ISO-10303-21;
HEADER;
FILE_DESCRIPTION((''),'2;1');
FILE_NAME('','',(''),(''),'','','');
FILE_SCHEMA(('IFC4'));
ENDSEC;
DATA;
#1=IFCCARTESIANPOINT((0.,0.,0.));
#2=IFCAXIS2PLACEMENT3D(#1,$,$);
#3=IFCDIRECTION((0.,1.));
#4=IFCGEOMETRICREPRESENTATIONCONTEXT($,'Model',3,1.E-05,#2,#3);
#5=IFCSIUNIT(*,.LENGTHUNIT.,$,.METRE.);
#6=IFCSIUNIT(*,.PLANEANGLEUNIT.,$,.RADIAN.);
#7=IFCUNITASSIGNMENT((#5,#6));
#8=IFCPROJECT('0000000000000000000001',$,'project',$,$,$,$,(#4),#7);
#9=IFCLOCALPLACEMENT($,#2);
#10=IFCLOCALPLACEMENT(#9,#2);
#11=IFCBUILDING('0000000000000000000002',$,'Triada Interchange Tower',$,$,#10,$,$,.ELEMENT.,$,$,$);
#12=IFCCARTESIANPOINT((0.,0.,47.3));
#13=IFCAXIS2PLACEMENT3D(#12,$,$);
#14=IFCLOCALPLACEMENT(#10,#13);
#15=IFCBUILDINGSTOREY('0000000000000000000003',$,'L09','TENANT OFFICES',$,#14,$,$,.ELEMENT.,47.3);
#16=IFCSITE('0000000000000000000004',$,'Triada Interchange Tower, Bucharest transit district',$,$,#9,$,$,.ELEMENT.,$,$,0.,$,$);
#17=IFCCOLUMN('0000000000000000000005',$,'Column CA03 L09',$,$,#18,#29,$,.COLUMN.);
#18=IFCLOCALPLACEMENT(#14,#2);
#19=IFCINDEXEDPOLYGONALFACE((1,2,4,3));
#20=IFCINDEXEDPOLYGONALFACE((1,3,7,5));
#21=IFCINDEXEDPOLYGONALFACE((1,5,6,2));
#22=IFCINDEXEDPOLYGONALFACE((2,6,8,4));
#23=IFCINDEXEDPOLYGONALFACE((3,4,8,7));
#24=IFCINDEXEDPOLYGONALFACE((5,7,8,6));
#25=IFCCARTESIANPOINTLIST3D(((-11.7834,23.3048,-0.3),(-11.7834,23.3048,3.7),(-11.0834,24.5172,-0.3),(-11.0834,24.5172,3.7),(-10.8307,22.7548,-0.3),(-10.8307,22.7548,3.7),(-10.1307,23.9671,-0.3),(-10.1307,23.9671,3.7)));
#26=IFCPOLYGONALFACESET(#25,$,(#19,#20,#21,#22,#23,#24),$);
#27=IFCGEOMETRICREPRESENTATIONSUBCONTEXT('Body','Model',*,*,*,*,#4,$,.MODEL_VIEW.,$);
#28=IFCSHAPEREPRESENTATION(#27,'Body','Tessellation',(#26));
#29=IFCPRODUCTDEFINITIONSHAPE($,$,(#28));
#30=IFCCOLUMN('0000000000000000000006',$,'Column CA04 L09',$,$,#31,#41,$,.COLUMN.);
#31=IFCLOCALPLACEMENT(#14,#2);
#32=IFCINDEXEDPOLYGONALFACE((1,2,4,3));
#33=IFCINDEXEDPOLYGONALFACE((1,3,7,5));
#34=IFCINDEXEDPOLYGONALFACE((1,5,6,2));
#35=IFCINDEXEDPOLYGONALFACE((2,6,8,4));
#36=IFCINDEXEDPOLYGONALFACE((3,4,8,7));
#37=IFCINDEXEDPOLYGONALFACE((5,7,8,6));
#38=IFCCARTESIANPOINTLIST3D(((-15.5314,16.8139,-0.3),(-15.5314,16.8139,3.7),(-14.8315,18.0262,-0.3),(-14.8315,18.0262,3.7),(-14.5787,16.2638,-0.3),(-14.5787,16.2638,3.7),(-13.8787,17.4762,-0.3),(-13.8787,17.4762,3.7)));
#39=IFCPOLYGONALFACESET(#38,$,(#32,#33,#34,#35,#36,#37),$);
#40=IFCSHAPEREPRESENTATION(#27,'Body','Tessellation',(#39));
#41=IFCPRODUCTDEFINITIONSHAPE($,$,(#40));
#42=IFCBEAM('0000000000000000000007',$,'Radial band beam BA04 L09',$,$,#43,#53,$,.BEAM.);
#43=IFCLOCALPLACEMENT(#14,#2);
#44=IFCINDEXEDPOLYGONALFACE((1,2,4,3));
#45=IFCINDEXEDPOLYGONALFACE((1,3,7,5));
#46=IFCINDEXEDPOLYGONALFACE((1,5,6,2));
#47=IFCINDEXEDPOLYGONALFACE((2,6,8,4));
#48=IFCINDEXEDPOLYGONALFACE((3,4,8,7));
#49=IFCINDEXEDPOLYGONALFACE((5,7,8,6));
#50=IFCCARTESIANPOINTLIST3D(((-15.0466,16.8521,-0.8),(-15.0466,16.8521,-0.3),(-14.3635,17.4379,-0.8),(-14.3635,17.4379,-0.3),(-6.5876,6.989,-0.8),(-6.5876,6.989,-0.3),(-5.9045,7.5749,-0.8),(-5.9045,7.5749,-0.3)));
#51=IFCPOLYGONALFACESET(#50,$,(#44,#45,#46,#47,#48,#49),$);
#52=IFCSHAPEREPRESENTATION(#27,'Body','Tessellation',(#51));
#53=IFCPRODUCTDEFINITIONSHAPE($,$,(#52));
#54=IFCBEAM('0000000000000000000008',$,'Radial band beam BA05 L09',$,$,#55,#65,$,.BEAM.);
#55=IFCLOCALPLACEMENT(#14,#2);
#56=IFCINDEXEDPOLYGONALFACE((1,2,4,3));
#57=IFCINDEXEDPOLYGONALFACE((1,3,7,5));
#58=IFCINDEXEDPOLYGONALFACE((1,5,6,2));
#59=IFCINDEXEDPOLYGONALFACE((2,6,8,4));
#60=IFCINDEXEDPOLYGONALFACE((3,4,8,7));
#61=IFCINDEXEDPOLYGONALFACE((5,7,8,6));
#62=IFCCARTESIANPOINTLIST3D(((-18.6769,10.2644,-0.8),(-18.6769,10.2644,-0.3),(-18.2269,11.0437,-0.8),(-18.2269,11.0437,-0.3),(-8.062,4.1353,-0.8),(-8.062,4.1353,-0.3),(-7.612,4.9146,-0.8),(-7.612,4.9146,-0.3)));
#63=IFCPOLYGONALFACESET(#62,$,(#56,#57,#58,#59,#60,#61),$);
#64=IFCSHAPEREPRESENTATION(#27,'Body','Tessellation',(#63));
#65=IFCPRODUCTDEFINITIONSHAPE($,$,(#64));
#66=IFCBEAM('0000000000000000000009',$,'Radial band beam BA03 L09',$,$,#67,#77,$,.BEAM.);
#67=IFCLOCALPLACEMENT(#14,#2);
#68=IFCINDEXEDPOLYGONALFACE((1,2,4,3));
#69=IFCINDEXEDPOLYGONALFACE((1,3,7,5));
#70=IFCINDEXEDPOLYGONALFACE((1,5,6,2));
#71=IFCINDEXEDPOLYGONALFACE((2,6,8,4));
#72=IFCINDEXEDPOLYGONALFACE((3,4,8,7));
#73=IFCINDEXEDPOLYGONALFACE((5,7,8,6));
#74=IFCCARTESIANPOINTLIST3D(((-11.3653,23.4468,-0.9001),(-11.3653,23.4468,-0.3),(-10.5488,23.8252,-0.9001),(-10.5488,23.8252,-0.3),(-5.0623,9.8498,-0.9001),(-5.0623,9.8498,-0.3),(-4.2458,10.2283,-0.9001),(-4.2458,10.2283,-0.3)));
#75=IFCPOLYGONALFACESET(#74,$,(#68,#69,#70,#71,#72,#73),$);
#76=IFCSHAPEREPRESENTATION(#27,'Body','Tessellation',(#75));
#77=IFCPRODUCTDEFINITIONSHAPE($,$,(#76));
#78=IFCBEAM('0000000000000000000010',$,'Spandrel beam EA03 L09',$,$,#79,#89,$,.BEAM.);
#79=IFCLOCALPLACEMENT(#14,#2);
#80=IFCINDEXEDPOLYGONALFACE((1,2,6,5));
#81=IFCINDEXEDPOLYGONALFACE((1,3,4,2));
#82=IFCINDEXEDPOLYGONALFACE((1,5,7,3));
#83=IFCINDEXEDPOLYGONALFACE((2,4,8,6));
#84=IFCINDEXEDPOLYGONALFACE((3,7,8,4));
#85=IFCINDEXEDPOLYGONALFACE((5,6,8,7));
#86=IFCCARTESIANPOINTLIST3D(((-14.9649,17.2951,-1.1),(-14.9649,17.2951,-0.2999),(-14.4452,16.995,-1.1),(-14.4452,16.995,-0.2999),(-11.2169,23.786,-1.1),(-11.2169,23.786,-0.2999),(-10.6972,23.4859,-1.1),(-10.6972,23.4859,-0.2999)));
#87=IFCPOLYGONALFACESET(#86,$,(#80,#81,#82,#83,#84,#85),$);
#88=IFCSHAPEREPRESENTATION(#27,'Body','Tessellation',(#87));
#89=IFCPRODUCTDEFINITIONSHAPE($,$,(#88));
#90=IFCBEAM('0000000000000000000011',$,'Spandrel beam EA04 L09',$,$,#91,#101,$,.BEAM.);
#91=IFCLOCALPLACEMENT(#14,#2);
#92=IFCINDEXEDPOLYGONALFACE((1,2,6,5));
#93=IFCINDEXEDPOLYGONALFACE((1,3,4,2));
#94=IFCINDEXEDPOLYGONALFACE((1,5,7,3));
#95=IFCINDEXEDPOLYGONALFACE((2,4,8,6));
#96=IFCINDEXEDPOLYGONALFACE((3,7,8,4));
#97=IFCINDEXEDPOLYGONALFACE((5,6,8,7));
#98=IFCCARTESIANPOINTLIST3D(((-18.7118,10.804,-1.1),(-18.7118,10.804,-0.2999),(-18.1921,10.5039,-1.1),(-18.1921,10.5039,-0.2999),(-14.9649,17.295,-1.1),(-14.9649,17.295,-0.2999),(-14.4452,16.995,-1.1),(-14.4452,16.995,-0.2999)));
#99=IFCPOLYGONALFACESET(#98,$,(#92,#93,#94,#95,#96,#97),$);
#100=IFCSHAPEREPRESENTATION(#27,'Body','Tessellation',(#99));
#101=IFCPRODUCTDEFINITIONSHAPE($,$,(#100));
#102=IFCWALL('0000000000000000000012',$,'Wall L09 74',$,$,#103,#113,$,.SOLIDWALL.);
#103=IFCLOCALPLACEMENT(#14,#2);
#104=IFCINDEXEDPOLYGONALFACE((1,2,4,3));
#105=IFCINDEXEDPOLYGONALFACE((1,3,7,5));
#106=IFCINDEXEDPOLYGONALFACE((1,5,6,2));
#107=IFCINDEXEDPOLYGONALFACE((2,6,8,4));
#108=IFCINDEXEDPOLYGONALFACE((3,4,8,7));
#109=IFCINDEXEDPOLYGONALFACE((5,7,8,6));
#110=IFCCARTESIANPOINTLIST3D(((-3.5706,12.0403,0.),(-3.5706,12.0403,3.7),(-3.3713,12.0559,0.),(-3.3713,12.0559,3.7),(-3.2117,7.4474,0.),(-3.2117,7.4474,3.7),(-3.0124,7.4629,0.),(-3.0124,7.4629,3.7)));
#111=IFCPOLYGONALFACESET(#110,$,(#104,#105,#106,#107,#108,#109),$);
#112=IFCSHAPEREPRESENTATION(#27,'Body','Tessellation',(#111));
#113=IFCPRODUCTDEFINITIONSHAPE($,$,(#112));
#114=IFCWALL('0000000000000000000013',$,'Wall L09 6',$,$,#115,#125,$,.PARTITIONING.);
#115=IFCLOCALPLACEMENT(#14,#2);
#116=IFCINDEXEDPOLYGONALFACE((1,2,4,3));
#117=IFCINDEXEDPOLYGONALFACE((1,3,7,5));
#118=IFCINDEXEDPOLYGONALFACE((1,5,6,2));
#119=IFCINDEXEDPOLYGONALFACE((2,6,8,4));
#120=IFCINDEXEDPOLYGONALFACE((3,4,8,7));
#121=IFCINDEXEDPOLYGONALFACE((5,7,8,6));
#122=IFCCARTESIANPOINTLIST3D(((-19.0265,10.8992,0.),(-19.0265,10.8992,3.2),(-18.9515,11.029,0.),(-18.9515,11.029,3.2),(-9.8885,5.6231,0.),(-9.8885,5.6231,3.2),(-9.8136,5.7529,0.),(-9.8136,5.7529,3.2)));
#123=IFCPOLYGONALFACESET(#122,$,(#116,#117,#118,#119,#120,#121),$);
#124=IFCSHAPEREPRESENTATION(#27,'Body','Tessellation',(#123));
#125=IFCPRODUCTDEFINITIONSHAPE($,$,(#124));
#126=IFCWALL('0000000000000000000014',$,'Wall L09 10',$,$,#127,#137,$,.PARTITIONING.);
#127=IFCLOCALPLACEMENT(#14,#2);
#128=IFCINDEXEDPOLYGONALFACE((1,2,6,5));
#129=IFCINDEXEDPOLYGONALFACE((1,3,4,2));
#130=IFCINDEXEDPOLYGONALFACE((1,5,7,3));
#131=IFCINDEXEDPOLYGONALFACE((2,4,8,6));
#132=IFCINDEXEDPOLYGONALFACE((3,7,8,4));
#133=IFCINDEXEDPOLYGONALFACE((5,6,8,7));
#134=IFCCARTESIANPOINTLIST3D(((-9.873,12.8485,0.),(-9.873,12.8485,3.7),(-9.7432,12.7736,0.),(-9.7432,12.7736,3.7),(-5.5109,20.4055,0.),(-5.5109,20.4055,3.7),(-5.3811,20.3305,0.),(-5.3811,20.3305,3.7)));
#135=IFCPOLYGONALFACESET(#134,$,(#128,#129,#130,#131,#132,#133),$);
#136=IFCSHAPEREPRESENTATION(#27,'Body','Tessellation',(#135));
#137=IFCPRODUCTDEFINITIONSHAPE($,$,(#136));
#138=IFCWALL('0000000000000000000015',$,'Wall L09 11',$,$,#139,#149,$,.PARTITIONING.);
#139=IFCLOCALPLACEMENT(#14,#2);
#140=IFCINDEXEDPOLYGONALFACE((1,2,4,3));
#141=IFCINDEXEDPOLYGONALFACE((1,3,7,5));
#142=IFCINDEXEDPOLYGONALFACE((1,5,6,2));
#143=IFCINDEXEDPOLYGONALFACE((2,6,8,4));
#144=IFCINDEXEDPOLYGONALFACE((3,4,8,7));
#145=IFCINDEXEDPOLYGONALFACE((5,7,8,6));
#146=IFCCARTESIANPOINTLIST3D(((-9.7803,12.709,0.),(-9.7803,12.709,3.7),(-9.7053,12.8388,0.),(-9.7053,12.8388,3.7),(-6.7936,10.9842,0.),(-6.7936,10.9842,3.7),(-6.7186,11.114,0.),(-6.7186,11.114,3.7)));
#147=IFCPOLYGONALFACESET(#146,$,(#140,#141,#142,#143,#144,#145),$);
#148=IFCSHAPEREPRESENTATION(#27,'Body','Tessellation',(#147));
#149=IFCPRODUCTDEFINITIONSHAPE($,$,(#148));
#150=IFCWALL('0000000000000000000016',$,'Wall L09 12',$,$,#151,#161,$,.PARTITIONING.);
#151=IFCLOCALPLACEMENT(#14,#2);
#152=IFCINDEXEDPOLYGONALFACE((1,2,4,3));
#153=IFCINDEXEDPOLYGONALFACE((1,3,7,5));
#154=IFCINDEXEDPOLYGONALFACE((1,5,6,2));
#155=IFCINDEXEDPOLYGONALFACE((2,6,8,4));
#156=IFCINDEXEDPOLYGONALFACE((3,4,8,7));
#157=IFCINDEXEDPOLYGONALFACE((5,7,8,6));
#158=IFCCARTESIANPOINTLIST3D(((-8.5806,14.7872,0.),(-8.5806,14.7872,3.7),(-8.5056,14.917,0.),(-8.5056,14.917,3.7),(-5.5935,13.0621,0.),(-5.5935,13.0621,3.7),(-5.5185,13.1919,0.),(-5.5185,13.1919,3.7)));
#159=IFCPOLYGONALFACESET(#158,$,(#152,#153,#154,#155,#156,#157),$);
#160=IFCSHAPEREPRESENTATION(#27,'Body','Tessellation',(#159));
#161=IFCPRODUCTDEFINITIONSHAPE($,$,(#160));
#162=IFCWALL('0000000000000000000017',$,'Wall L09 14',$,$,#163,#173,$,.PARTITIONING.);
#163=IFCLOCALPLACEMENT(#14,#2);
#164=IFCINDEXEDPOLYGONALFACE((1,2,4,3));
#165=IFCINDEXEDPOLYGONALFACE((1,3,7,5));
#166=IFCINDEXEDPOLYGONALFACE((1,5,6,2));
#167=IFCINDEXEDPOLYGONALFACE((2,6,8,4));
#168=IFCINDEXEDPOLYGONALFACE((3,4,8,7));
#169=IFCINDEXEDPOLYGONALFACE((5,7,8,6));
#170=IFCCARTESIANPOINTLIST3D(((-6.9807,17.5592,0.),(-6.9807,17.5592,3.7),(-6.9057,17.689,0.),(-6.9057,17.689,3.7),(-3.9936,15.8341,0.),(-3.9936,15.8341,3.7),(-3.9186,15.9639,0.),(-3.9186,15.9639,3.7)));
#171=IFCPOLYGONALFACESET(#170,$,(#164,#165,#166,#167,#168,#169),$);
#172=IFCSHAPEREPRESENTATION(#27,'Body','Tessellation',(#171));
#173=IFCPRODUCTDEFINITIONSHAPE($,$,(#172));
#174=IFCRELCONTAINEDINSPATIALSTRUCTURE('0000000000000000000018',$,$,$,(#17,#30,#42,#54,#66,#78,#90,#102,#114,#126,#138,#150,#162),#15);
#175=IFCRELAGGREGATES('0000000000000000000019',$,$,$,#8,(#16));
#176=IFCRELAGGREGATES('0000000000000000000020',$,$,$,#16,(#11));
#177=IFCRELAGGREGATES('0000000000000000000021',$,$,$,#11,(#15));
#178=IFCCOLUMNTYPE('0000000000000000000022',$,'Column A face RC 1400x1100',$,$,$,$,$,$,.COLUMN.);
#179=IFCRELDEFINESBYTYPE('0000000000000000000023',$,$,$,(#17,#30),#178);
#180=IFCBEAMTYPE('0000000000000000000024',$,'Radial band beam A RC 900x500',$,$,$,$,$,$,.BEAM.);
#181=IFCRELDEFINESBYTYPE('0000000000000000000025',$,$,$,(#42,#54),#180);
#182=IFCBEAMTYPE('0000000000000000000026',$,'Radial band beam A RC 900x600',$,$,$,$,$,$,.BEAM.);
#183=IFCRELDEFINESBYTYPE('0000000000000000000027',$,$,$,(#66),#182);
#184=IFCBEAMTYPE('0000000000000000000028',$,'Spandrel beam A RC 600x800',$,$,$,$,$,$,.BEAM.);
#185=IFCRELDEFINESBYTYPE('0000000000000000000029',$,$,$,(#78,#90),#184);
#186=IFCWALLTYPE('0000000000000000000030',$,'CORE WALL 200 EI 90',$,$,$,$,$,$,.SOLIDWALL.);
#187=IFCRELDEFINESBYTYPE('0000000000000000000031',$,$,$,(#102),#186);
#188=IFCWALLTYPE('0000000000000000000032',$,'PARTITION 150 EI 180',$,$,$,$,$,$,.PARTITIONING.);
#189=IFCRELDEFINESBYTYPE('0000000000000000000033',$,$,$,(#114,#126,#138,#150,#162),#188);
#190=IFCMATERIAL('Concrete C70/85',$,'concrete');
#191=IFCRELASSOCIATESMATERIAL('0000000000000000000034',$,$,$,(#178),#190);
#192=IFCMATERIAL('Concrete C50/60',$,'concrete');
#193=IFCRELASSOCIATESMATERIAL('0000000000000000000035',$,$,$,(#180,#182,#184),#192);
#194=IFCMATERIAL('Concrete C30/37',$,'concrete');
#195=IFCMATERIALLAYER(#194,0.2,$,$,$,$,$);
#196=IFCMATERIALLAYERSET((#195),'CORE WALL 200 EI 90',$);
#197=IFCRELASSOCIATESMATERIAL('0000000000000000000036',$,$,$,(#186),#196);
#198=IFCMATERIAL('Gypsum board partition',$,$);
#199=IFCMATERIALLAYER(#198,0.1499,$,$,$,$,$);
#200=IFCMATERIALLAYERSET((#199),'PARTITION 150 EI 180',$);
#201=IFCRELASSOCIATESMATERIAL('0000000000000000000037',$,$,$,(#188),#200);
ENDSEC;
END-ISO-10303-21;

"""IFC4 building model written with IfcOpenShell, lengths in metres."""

from ifc_helpers import new_model, si_unit, direction, frame, frame_2d, origin, origin_2d, place, context, subcontext, project, spatial, rectangle, extrude, material, layer, layer_set, material_profile, profile_set, type_object, element, save


model = new_model("IFC4")

# Units and contexts
model_context = context("Model", 3, precision=1e-05, world=origin(), true_north=direction((0.0, 1.0)))
body_context = subcontext(model_context, "Body", "Model", "MODEL_VIEW")
ifc_project = project(units=[si_unit("LENGTHUNIT", "METRE"), si_unit("PLANEANGLEUNIT", "RADIAN")], contexts=[model_context])

# Site, building, storey
site_placement = place(None, origin())
site = spatial("IfcSite", under=ifc_project, at=site_placement, Name="Triada Interchange Tower, Bucharest transit district", CompositionType="ELEMENT", RefElevation=0.0)
building_placement = place(site_placement, origin())
building = spatial("IfcBuilding", under=site, at=building_placement, Name="Triada Interchange Tower", CompositionType="ELEMENT")
storey_placement = place(building_placement, frame((0.0, 0.0, 47.3)))
storey = spatial("IfcBuildingStorey", under=building, at=storey_placement, Name="L09", Description="TENANT OFFICES", CompositionType="ELEMENT", Elevation=47.3)

# Columns
ifc_material_1 = material(Name="Concrete C70/85", Category="concrete")
ifc_material_profile_1 = material_profile(ifc_material_1, rectangle(XDim=1.3999, YDim=1.1001, at=origin_2d()), Name="RC 1400x1100")
ifc_profile_set_1 = profile_set([ifc_material_profile_1], Name="Concrete C70/85")
column_type = type_object("IfcColumnType", Name="Column A face RC 1400x1100", PredefinedType="COLUMN", material=ifc_profile_set_1)
for number, where, z_axis, x_axis, name in (
    (1, (-10.957, 23.636, -0.3), (0.0, 0.0, 1.0), (0.5, 0.866025, 0.0), "Column CA03 L09"),
    (2, (-14.7051, 17.145, -0.3), (0.0, 0.0, 1.0), (0.5, 0.866025, 0.0), "Column CA04 L09"),
):
    element("IfcColumn", number, at=place(storey_placement, frame(where, z_axis=z_axis, x_axis=x_axis)), inside=storey, type_object=column_type, Name=name, PredefinedType="COLUMN", context=body_context, shape_type="SweptSolid", body=[
        extrude(rectangle(XDim=1.3999, YDim=1.1001, at=origin_2d()), origin(), (0.0, 0.0, 1.0), 4.0),
    ])

# Beams
ifc_material_2 = material(Name="Concrete C50/60", Category="concrete")
ifc_material_profile_2 = material_profile(ifc_material_2, rectangle(XDim=0.8999, YDim=0.5, at=origin_2d()), Name="RC 900x500")
ifc_profile_set_2 = profile_set([ifc_material_profile_2], Name="Concrete C50/60")
beam_type_1 = type_object("IfcBeamType", Name="Radial band beam A RC 900x500", PredefinedType="BEAM", material=ifc_profile_set_2)
beam_1_placement = place(storey_placement, frame((-14.7051, 17.145, -0.55), z_axis=(0.651011, -0.759068, 0.0), x_axis=(0.759068, 0.651011, 0.0)))
element("IfcBeam", 3, at=beam_1_placement, inside=storey, type_object=beam_type_1, Name="Radial band beam BA04 L09", PredefinedType="BEAM", context=body_context, shape_type="SweptSolid", body=[
    extrude(rectangle(XDim=0.8999, YDim=0.5, at=origin_2d()), origin(), (0.0, 0.0, 1.0), 12.9937),
])
beam_2_placement = place(storey_placement, frame((-18.4519, 10.6541, -0.55), z_axis=(0.866005, -0.500036, 0.0), x_axis=(0.500036, 0.866005, 0.0)))
element("IfcBeam", 4, at=beam_2_placement, inside=storey, type_object=beam_type_1, Name="Radial band beam BA05 L09", PredefinedType="BEAM", context=body_context, shape_type="SweptSolid", body=[
    extrude(rectangle(XDim=0.8999, YDim=0.5, at=origin_2d()), origin(), (0.0, 0.0, 1.0), 12.2573),
])
ifc_material_profile_3 = material_profile(ifc_material_2, rectangle(XDim=0.8999, YDim=0.6001, at=origin_2d()), Name="RC 900x600")
ifc_profile_set_3 = profile_set([ifc_material_profile_3], Name="Concrete C50/60")
beam_type_2 = type_object("IfcBeamType", Name="Radial band beam A RC 900x600", PredefinedType="BEAM", material=ifc_profile_set_3)
beam_3_placement = place(storey_placement, frame((-10.957, 23.636, -0.6001), z_axis=(0.420569, -0.907261, 0.0), x_axis=(0.907261, 0.420569, 0.0)))
element("IfcBeam", 5, at=beam_3_placement, inside=storey, type_object=beam_type_2, Name="Radial band beam BA03 L09", PredefinedType="BEAM", context=body_context, shape_type="SweptSolid", body=[
    extrude(rectangle(XDim=0.8999, YDim=0.6001, at=origin_2d()), origin(), (0.0, 0.0, 1.0), 14.9868),
])
ifc_material_profile_4 = material_profile(ifc_material_2, rectangle(XDim=0.6001, YDim=0.8, at=origin_2d()), Name="RC 600x800")
ifc_profile_set_4 = profile_set([ifc_material_profile_4], Name="Concrete C50/60")
beam_type_3 = type_object("IfcBeamType", Name="Spandrel beam A RC 600x800", PredefinedType="BEAM", material=ifc_profile_set_4)
beam_4_placement = place(storey_placement, frame((-10.957, 23.636, -0.7), z_axis=(-0.500049, -0.865997, 0.0), x_axis=(0.865997, -0.500049, 0.0)))
element("IfcBeam", 6, at=beam_4_placement, inside=storey, type_object=beam_type_3, Name="Spandrel beam EA03 L09", PredefinedType="BEAM", context=body_context, shape_type="SweptSolid", body=[
    extrude(rectangle(XDim=0.6001, YDim=0.8, at=origin_2d()), origin(), (0.0, 0.0, 1.0), 7.4954),
])
beam_5_placement = place(storey_placement, frame((-14.7051, 17.145, -0.7), z_axis=(-0.499926, -0.866068, 0.0), x_axis=(0.866068, -0.499926, 0.0)))
element("IfcBeam", 7, at=beam_5_placement, inside=storey, type_object=beam_type_3, Name="Spandrel beam EA04 L09", PredefinedType="BEAM", context=body_context, shape_type="SweptSolid", body=[
    extrude(rectangle(XDim=0.6001, YDim=0.8, at=origin_2d()), origin(), (0.0, 0.0, 1.0), 7.4949),
])

# Wall
ifc_material_3 = material(Name="Concrete C30/37", Category="concrete")
ifc_layer_1 = layer(ifc_material_3, 0.2)
ifc_layer_set_1 = layer_set([ifc_layer_1], Name="CORE WALL 200 EI 90")
wall_type_1 = type_object("IfcWallType", Name="CORE WALL 200 EI 90", PredefinedType="SOLIDWALL", material=ifc_layer_set_1)
wall_1_placement = place(storey_placement, frame((-3.4709, 12.0481, 0.0), z_axis=(0.0, 0.0, 1.0), x_axis=(0.0779, -0.996961, 0.0)))
element("IfcWall", 8, at=wall_1_placement, inside=storey, type_object=wall_type_1, Name="Wall L09 74", PredefinedType="SOLIDWALL", context=body_context, shape_type="SweptSolid", body=[
    extrude(rectangle(XDim=4.6069, YDim=0.2, at=frame_2d((2.3035, 0.0))), origin(), (0.0, 0.0, 1.0), 3.7),
])

# Walls
ifc_material_4 = material(Name="Gypsum board partition")
ifc_layer_2 = layer(ifc_material_4, 0.1499)
ifc_layer_set_2 = layer_set([ifc_layer_2], Name="PARTITION 150 EI 180")
wall_type_2 = type_object("IfcWallType", Name="PARTITION 150 EI 180", PredefinedType="PARTITIONING", material=ifc_layer_set_2)
wall_2_placement = place(storey_placement, frame((-18.989, 10.9641, 0.0), z_axis=(0.0, 0.0, 1.0), x_axis=(0.866012, -0.500024, 0.0)))
element("IfcWall", 9, at=wall_2_placement, inside=storey, type_object=wall_type_2, Name="Wall L09 6", PredefinedType="PARTITIONING", context=body_context, shape_type="SweptSolid", body=[
    extrude(rectangle(XDim=10.5518, YDim=0.1499, at=frame_2d((5.2759, 0.0))), origin(), (0.0, 0.0, 1.0), 3.2),
])
wall_3_placement = place(storey_placement, frame((-9.8081, 12.811, 0.0), z_axis=(0.0, 0.0, 1.0), x_axis=(0.499922, 0.866071, 0.0)))
element("IfcWall", 10, at=wall_3_placement, inside=storey, type_object=wall_type_2, Name="Wall L09 10", PredefinedType="PARTITIONING", context=body_context, shape_type="SweptSolid", body=[
    extrude(rectangle(XDim=8.7256, YDim=0.1499, at=frame_2d((4.3628, 0.0))), origin(), (0.0, 0.0, 1.0), 3.7),
])
wall_4_placement = place(storey_placement, frame((-9.7429, 12.7739, 0.0), z_axis=(0.0, 0.0, 1.0), x_axis=(0.865973, -0.50009, 0.0)))
element("IfcWall", 11, at=wall_4_placement, inside=storey, type_object=wall_type_2, Name="Wall L09 11", PredefinedType="PARTITIONING", context=body_context, shape_type="SweptSolid", body=[
    extrude(rectangle(XDim=3.449, YDim=0.1499, at=frame_2d((1.7246, 0.0))), origin(), (0.0, 0.0, 1.0), 3.7),
])
for number, where, z_axis, x_axis, name in (
    (12, (-8.543, 14.8521, 0.0), (0.0, 0.0, 1.0), (0.86596, -0.500113, 0.0), "Wall L09 12"),
    (13, (-6.9431, 17.624, 0.0), (0.0, 0.0, 1.0), (0.86596, -0.500113, 0.0), "Wall L09 14"),
):
    element("IfcWall", number, at=place(storey_placement, frame(where, z_axis=z_axis, x_axis=x_axis)), inside=storey, type_object=wall_type_2, Name=name, PredefinedType="PARTITIONING", context=body_context, shape_type="SweptSolid", body=[
        extrude(rectangle(XDim=3.4495, YDim=0.1499, at=frame_2d((1.7246, 0.0))), origin(), (0.0, 0.0, 1.0), 3.7),
    ])

save(model, "model.ifc")
